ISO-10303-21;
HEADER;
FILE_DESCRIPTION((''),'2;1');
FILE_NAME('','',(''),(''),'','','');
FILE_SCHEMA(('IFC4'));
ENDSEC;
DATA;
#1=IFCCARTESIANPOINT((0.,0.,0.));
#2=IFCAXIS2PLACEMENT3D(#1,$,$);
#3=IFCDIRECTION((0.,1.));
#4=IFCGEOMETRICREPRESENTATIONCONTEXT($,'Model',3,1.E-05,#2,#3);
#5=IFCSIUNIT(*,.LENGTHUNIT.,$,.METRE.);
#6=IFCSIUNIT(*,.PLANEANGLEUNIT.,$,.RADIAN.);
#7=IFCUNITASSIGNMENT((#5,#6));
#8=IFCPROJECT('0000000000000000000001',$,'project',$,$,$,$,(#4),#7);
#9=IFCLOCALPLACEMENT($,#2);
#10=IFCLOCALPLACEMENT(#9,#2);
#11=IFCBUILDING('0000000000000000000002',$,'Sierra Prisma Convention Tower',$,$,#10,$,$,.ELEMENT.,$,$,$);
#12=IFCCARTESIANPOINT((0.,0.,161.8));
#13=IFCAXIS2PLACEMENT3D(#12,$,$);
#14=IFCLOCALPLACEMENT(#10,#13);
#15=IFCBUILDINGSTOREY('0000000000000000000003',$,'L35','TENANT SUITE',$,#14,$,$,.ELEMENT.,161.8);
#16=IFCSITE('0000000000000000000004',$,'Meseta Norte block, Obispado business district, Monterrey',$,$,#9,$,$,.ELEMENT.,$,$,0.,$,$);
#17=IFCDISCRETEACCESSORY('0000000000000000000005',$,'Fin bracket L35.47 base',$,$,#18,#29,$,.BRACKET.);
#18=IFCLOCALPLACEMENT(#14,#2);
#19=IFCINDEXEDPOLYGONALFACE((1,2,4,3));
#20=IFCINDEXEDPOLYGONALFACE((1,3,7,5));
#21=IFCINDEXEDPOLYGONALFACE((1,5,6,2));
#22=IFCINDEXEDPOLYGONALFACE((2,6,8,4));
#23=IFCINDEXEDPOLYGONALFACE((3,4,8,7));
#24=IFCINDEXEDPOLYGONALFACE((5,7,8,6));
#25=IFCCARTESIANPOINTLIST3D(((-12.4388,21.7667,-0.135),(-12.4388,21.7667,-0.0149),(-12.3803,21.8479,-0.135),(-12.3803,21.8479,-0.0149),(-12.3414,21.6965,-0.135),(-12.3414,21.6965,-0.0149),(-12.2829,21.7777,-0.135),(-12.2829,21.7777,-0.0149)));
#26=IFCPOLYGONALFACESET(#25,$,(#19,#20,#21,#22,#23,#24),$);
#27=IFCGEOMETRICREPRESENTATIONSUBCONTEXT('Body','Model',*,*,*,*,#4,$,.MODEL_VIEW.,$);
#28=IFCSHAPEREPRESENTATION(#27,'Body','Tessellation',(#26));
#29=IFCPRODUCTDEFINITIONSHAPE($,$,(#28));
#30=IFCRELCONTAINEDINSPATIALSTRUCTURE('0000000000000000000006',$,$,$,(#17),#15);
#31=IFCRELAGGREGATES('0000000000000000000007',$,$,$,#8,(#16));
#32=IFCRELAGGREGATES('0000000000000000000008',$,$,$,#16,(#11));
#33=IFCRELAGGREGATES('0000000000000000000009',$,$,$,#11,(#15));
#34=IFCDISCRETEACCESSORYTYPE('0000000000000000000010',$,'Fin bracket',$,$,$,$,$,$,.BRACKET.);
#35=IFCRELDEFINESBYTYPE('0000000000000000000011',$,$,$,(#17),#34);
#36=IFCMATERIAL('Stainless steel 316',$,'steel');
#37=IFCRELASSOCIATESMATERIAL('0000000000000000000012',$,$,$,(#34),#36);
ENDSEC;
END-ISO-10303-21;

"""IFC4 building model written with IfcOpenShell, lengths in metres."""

from ifc_helpers import new_model, si_unit, direction, frame, origin, origin_2d, place, context, subcontext, project, spatial, rectangle, extrude, material, type_object, element, save


model = new_model("IFC4")

# Units and contexts
model_context = context("Model", 3, precision=1e-05, world=origin(), true_north=direction((0.0, 1.0)))
body_context = subcontext(model_context, "Body", "Model", "MODEL_VIEW")
ifc_project = project(units=[si_unit("LENGTHUNIT", "METRE"), si_unit("PLANEANGLEUNIT", "RADIAN")], contexts=[model_context])

# Site, building, storey
site_placement = place(None, origin())
site = spatial("IfcSite", under=ifc_project, at=site_placement, Name="Meseta Norte block, Obispado business district, Monterrey", CompositionType="ELEMENT", RefElevation=0.0)
building_placement = place(site_placement, origin())
building = spatial("IfcBuilding", under=site, at=building_placement, Name="Sierra Prisma Convention Tower", CompositionType="ELEMENT")
storey_placement = place(building_placement, frame((0.0, 0.0, 161.8)))
storey = spatial("IfcBuildingStorey", under=building, at=storey_placement, Name="L35", Description="TENANT SUITE", CompositionType="ELEMENT", Elevation=161.8)

# Discrete accessory
ifc_material_1 = material(Name="Stainless steel 316", Category="steel")
discrete_accessory_type = type_object("IfcDiscreteAccessoryType", Name="Fin bracket", PredefinedType="BRACKET", material=ifc_material_1)
for number, where, z_axis, x_axis, name in (
    (1, (-12.3608, 21.7722, -0.135), (0.0, 0.0, 1.0), (-0.811195, 0.584776, 0.0), "Fin bracket L35.47 base"),
):
    element("IfcDiscreteAccessory", number, at=place(storey_placement, frame(where, z_axis=z_axis, x_axis=x_axis)), inside=storey, type_object=discrete_accessory_type, Name=name, PredefinedType="BRACKET", context=body_context, shape_type="SweptSolid", body=[
        extrude(rectangle(XDim=0.1201, YDim=0.1001, at=origin_2d()), origin(), (0.0, 0.0, 1.0), 0.1201),
    ])

save(model, "model.ifc")
